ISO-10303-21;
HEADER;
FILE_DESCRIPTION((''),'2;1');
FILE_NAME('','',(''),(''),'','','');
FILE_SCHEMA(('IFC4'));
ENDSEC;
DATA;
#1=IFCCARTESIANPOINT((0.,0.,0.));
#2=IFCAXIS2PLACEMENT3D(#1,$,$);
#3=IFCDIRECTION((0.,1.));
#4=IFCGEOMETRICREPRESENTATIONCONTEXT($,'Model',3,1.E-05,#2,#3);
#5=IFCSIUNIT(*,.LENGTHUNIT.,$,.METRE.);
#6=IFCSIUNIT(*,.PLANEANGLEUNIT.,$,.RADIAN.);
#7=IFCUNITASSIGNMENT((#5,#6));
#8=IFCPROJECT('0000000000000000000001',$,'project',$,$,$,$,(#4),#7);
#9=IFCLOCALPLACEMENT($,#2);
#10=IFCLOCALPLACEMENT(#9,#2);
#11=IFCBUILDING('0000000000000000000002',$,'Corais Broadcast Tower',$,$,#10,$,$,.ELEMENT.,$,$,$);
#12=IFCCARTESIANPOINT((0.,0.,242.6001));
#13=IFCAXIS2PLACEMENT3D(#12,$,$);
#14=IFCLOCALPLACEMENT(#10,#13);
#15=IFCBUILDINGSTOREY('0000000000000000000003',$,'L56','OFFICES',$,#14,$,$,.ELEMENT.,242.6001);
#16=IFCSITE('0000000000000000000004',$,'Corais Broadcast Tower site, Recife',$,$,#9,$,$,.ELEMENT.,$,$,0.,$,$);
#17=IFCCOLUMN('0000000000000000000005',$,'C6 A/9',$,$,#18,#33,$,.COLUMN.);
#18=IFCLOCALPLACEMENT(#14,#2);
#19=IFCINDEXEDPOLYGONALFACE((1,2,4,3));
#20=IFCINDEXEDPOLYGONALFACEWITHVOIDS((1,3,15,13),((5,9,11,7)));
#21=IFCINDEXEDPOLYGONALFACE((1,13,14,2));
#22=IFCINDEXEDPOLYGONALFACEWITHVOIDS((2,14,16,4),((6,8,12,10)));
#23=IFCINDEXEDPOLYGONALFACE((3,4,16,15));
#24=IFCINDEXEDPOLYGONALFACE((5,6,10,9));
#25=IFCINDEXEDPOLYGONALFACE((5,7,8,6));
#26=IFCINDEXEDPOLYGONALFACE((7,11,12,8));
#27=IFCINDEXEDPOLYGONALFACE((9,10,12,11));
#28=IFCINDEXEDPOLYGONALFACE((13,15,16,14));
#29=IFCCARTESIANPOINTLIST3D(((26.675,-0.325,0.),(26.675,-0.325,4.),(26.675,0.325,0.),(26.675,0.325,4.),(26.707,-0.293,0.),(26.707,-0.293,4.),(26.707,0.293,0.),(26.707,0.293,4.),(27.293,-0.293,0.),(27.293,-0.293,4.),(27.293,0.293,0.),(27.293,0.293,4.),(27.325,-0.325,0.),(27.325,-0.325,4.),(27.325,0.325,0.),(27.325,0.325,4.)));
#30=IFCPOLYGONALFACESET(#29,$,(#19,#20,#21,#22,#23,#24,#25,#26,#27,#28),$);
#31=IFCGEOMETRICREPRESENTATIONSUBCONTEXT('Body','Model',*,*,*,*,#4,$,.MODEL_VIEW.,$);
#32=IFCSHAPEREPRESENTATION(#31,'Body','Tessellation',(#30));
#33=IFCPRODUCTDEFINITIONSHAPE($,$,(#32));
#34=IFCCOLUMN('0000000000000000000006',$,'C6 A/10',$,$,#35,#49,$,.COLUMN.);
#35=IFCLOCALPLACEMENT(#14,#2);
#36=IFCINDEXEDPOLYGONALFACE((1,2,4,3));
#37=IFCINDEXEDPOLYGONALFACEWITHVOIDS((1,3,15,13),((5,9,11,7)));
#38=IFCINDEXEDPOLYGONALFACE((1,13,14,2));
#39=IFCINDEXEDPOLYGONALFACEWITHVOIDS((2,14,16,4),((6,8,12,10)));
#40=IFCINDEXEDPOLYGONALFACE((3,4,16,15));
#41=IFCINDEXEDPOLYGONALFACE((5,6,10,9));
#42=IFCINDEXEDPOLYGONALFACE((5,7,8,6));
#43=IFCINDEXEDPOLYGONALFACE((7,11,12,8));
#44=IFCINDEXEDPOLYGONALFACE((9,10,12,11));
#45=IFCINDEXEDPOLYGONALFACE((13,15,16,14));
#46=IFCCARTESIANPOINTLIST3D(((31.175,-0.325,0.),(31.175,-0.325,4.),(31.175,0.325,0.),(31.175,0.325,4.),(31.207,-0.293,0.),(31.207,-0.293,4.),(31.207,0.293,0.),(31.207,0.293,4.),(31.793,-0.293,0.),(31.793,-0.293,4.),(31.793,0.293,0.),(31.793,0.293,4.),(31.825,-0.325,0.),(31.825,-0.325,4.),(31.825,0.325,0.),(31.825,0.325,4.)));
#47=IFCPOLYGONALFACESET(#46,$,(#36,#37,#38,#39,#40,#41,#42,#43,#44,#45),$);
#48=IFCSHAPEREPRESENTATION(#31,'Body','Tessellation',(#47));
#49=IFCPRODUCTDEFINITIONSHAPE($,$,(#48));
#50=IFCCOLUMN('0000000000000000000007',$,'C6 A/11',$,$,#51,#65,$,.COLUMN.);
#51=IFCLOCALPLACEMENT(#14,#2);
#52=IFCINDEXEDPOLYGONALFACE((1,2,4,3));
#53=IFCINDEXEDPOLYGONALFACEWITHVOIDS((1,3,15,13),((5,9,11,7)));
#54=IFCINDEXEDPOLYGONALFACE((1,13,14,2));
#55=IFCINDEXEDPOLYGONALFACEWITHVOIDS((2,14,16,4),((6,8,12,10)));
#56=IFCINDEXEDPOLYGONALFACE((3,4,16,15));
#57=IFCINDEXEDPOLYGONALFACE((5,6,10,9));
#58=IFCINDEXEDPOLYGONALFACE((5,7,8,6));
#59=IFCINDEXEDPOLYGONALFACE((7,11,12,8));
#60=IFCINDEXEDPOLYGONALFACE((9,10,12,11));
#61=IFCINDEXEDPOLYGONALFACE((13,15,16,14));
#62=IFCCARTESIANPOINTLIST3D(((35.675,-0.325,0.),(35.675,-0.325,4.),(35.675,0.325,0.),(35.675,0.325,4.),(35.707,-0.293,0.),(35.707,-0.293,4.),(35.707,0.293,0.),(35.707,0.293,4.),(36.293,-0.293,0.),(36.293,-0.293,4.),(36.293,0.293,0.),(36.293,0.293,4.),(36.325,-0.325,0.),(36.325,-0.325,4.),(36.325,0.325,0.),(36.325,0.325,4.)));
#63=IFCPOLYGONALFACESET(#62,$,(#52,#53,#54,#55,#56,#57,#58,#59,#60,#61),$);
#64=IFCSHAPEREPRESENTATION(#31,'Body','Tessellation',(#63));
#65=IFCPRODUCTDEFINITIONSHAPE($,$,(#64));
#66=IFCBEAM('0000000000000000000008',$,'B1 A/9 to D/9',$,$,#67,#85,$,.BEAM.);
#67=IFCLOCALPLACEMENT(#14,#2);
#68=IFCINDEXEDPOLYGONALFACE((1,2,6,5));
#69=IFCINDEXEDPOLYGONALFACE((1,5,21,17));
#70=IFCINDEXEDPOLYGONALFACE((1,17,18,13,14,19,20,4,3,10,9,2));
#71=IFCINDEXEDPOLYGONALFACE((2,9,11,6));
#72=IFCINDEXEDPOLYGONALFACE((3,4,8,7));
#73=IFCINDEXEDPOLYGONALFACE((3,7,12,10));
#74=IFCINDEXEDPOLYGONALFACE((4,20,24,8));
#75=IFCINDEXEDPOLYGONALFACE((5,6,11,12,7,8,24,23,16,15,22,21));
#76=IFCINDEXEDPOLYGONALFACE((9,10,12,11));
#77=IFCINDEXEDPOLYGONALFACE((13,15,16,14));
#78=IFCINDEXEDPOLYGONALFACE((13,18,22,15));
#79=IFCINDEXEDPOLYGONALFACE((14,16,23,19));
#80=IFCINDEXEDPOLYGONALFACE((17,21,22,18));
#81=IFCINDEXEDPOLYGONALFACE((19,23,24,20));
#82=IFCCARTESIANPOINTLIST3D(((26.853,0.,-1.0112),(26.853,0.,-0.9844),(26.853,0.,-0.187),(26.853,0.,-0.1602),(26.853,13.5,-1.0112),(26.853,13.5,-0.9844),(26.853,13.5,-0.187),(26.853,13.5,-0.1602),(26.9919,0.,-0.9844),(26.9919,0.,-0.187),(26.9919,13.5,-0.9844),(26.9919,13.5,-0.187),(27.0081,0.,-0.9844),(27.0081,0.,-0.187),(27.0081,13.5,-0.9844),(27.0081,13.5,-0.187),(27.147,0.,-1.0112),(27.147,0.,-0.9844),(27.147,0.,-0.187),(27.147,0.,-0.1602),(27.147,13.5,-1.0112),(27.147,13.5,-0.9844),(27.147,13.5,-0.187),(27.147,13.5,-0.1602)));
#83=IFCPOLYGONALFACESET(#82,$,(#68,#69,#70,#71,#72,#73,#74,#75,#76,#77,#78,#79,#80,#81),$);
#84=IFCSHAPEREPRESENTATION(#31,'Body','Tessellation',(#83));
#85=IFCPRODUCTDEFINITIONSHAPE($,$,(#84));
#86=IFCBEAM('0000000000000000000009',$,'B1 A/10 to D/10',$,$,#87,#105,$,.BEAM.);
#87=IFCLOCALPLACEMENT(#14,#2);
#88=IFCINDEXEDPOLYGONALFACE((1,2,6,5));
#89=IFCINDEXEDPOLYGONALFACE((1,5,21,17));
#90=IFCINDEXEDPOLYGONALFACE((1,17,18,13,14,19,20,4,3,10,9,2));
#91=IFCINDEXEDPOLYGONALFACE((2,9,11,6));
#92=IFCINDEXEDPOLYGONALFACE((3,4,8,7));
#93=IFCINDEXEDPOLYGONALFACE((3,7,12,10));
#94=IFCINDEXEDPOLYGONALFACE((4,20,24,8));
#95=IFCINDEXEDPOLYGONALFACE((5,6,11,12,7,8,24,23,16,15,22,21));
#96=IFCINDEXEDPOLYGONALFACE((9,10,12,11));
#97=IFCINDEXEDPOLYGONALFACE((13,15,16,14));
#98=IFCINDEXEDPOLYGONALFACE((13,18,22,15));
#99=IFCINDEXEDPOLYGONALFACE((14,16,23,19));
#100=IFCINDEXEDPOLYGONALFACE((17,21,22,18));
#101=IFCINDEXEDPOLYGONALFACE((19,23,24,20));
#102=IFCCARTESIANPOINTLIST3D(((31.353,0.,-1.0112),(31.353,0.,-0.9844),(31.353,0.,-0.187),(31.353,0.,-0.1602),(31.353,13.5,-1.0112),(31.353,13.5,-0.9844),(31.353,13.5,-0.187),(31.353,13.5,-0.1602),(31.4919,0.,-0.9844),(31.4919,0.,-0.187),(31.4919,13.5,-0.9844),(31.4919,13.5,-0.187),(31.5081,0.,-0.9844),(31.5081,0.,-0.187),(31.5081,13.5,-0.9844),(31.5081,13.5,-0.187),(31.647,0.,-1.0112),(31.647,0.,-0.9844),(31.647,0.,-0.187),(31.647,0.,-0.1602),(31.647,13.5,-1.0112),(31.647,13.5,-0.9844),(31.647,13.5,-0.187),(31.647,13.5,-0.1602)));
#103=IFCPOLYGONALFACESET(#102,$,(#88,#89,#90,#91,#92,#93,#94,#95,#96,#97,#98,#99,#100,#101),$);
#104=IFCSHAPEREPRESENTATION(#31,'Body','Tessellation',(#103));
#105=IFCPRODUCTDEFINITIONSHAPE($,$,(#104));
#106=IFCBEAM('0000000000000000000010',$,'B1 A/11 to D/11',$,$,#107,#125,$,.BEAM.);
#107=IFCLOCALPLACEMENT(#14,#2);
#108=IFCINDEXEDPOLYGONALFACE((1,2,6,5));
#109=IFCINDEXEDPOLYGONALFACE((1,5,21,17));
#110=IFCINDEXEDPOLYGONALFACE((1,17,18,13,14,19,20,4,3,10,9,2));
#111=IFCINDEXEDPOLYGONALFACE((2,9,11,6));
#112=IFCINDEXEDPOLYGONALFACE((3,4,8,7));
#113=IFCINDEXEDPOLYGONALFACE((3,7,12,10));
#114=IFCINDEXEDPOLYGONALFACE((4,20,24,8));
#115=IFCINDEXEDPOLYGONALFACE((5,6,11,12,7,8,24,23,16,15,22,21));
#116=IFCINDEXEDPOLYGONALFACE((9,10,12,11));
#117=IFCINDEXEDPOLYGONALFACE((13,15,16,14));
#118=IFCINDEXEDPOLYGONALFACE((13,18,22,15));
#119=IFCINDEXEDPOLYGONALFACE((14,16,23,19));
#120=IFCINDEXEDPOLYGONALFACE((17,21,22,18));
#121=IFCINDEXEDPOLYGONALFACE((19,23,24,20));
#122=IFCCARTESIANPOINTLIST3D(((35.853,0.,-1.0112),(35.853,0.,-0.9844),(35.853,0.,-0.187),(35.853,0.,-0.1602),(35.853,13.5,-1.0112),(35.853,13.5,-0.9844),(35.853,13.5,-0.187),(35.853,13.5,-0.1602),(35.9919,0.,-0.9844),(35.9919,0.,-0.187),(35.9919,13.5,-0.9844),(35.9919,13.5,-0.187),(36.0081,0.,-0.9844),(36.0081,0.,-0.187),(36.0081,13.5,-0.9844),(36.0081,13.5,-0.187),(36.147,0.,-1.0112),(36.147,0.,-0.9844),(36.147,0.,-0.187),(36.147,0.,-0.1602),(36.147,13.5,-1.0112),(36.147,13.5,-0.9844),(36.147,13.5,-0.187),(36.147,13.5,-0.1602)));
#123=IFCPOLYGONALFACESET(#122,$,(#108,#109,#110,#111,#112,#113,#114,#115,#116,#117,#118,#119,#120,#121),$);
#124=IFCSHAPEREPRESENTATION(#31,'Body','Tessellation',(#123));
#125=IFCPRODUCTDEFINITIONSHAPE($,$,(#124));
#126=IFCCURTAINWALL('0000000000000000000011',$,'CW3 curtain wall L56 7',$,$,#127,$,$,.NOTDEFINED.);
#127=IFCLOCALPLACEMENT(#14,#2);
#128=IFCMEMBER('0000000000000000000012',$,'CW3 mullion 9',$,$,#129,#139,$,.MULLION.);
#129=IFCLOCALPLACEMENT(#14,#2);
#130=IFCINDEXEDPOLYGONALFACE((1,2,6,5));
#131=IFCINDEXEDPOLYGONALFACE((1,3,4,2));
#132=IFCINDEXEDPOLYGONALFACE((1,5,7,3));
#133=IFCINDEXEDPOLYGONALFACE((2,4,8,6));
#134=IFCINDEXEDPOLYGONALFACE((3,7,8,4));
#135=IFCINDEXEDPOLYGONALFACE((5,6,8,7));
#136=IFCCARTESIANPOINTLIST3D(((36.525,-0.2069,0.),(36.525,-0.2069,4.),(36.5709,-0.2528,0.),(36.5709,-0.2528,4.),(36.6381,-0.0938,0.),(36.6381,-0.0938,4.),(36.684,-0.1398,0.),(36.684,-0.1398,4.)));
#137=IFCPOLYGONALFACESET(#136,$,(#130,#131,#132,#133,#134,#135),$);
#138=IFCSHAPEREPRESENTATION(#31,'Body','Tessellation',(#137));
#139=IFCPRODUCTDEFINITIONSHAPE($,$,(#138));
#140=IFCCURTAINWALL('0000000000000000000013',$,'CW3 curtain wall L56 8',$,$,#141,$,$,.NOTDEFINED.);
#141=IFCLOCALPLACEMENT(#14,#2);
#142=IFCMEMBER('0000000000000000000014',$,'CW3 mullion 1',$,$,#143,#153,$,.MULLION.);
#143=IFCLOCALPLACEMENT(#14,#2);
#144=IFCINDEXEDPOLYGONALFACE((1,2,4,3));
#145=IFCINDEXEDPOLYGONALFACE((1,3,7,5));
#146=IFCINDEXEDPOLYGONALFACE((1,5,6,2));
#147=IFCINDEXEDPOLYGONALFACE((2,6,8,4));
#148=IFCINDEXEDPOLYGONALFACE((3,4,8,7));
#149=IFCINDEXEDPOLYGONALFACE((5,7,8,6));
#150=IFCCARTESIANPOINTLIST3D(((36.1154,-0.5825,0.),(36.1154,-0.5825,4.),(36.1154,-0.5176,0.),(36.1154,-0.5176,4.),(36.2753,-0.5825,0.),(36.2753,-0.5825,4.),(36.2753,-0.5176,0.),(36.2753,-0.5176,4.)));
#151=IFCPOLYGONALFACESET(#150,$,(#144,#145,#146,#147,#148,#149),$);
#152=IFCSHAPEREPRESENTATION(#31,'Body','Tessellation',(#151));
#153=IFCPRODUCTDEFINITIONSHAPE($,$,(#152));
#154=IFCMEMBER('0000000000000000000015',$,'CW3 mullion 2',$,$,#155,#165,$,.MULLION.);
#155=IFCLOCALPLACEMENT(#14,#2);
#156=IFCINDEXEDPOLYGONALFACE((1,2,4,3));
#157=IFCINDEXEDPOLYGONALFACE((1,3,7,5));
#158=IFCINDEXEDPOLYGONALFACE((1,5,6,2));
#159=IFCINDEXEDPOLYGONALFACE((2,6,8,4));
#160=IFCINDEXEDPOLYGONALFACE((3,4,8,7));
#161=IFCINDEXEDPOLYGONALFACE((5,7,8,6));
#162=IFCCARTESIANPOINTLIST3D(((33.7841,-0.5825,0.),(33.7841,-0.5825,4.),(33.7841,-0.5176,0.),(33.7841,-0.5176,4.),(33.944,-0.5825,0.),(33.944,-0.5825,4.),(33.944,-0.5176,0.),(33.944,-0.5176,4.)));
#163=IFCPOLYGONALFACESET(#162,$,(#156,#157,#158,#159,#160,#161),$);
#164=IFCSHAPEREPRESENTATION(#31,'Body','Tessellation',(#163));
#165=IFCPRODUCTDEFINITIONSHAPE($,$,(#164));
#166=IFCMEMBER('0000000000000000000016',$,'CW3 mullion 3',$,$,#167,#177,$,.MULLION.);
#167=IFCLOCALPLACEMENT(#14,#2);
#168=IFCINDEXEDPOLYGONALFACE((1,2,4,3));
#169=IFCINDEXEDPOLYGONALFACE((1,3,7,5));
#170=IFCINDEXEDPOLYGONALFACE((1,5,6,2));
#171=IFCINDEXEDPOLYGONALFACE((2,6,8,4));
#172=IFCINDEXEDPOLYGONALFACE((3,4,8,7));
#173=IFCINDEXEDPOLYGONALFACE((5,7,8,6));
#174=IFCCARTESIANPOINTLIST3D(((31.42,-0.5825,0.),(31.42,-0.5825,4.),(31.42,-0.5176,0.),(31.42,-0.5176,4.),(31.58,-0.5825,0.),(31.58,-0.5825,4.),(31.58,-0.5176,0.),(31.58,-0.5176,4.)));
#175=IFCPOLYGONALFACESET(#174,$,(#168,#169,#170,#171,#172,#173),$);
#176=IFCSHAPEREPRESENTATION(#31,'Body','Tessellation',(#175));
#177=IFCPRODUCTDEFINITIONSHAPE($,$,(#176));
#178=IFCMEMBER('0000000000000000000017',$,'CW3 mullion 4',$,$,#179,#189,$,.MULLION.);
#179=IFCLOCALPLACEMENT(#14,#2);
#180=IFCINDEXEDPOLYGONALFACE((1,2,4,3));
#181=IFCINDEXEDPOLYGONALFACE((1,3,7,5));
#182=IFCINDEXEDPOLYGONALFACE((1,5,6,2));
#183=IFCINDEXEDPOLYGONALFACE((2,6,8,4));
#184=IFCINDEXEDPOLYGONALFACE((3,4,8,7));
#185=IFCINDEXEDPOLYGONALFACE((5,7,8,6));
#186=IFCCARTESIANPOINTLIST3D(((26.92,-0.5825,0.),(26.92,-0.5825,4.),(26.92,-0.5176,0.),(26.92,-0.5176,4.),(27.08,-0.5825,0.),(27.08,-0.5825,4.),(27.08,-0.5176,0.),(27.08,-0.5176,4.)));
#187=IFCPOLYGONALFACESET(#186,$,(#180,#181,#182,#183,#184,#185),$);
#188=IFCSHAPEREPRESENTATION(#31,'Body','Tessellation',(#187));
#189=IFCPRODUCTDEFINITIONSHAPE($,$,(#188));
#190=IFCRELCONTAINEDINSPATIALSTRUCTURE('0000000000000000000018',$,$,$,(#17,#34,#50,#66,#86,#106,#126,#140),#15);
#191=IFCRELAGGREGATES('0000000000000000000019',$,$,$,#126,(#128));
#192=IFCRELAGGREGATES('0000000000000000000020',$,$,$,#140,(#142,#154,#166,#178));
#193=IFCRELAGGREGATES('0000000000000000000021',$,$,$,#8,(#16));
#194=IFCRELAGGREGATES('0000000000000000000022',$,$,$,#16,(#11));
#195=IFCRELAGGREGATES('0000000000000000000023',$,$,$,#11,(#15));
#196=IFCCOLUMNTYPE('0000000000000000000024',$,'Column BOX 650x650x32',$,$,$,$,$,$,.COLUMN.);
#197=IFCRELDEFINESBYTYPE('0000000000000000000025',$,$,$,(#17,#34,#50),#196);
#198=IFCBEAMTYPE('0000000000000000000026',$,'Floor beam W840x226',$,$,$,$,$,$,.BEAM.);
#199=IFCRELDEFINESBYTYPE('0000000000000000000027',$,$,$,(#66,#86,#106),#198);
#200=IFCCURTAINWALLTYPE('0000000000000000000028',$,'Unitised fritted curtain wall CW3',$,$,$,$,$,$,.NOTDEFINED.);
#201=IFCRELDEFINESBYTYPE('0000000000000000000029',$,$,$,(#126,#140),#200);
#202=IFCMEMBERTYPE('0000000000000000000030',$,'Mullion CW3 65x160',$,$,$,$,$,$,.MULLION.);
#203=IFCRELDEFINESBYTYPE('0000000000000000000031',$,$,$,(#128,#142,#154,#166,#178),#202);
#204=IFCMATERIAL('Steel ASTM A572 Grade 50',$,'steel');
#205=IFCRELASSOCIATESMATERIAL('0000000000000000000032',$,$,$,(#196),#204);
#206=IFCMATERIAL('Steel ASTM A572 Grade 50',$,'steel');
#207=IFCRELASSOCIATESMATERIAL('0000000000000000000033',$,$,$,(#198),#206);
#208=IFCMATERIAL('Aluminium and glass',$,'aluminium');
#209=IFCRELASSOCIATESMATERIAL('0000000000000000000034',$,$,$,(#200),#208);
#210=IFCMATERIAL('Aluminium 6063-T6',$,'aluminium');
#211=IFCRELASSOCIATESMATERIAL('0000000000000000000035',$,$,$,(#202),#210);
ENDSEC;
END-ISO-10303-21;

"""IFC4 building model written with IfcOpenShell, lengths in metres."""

from ifc_helpers import new_model, si_unit, direction, frame, origin, origin_2d, place, context, subcontext, project, spatial, rectangle, hollow_rectangle, i_section, extrude, material, material_profile, profile_set, type_object, element, aggregate, save


model = new_model("IFC4")

# Units and contexts
model_context = context("Model", 3, precision=1e-05, world=origin(), true_north=direction((0.0, 1.0)))
body_context = subcontext(model_context, "Body", "Model", "MODEL_VIEW")
ifc_project = project(units=[si_unit("LENGTHUNIT", "METRE"), si_unit("PLANEANGLEUNIT", "RADIAN")], contexts=[model_context])

# Site, building, storey
site_placement = place(None, origin())
site = spatial("IfcSite", under=ifc_project, at=site_placement, Name="Corais Broadcast Tower site, Recife", CompositionType="ELEMENT", RefElevation=0.0)
building_placement = place(site_placement, origin())
building = spatial("IfcBuilding", under=site, at=building_placement, Name="Corais Broadcast Tower", CompositionType="ELEMENT")
storey_placement = place(building_placement, frame((0.0, 0.0, 242.6001)))
storey = spatial("IfcBuildingStorey", under=building, at=storey_placement, Name="L56", Description="OFFICES", CompositionType="ELEMENT", Elevation=242.6001)

# Columns
ifc_material_1 = material(Name="Steel ASTM A572 Grade 50", Category="steel")
ifc_material_profile_1 = material_profile(ifc_material_1, hollow_rectangle(XDim=0.6499, YDim=0.6499, WallThickness=0.032, at=origin_2d()), Name="BOX 650x650x32")
ifc_profile_set_1 = profile_set([ifc_material_profile_1], Name="Steel ASTM A572 Grade 50")
column_type = type_object("IfcColumnType", Name="Column BOX 650x650x32", PredefinedType="COLUMN", material=ifc_profile_set_1)
for number, where, z_axis, x_axis, name in (
    (1, (27.0, 0.0, 0.0), (0.0, 0.0, 1.0), (1.0, 0.0, 0.0), "C6 A/9"),
    (2, (31.5, 0.0, 0.0), (0.0, 0.0, 1.0), (1.0, 0.0, 0.0), "C6 A/10"),
    (3, (36.0, 0.0, 0.0), (0.0, 0.0, 1.0), (1.0, 0.0, 0.0), "C6 A/11"),
):
    element("IfcColumn", number, at=place(storey_placement, frame(where, z_axis=z_axis, x_axis=x_axis)), inside=storey, type_object=column_type, Name=name, PredefinedType="COLUMN", context=body_context, shape_type="SweptSolid", body=[
        extrude(hollow_rectangle(XDim=0.6499, YDim=0.6499, WallThickness=0.032, at=origin_2d()), origin(), (0.0, 0.0, 1.0), 4.0),
    ])

# Beams
ifc_material_2 = material(Name="Steel ASTM A572 Grade 50", Category="steel")
ifc_material_profile_2 = material_profile(ifc_material_2, i_section(OverallWidth=0.2939, OverallDepth=0.8511, WebThickness=0.0161, FlangeThickness=0.0269, at=origin_2d()), Name="W840x226")
ifc_profile_set_2 = profile_set([ifc_material_profile_2], Name="Steel ASTM A572 Grade 50")
beam_type_1 = type_object("IfcBeamType", Name="Floor beam W840x226", PredefinedType="BEAM", material=ifc_profile_set_2)
for number, where, z_axis, x_axis, name in (
    (4, (27.0, 0.0, -0.5857), (0.0, 1.0, 0.0), (-1.0, 0.0, 0.0), "B1 A/9 to D/9"),
    (5, (31.5, 0.0, -0.5857), (0.0, 1.0, 0.0), (-1.0, 0.0, 0.0), "B1 A/10 to D/10"),
    (6, (36.0, 0.0, -0.5857), (0.0, 1.0, 0.0), (-1.0, 0.0, 0.0), "B1 A/11 to D/11"),
):
    element("IfcBeam", number, at=place(storey_placement, frame(where, z_axis=z_axis, x_axis=x_axis)), inside=storey, type_object=beam_type_1, Name=name, PredefinedType="BEAM", context=body_context, shape_type="SweptSolid", body=[
        extrude(i_section(OverallWidth=0.2939, OverallDepth=0.8511, WebThickness=0.0161, FlangeThickness=0.0269, at=origin_2d()), origin(), (0.0, 0.0, 1.0), 13.5),
    ])

# Curtain wall, member
ifc_material_3 = material(Name="Aluminium and glass", Category="aluminium")
curtain_wall_type = type_object("IfcCurtainWallType", Name="Unitised fritted curtain wall CW3", PredefinedType="NOTDEFINED", material=ifc_material_3)
curtain_wall_1_placement = place(storey_placement, origin())
curtain_wall_1 = element("IfcCurtainWall", 7, at=curtain_wall_1_placement, inside=storey, type_object=curtain_wall_type, Name="CW3 curtain wall L56 7", PredefinedType="NOTDEFINED")
ifc_material_4 = material(Name="Aluminium 6063-T6", Category="aluminium")
ifc_material_profile_3 = material_profile(ifc_material_4, rectangle(XDim=0.0649, YDim=0.1599, at=origin_2d()), Name="Mullion CW3 65x160")
ifc_profile_set_3 = profile_set([ifc_material_profile_3], Name="Aluminium 6063-T6")
member_type_1 = type_object("IfcMemberType", Name="Mullion CW3 65x160", PredefinedType="MULLION", material=ifc_profile_set_3)
member_1_placement = place(storey_placement, frame((36.6045, -0.1733, 0.0), z_axis=(0.0, 0.0, 1.0), x_axis=(0.707107, -0.707107, 0.0)))
member_1 = element("IfcMember", 8, at=member_1_placement, type_object=member_type_1, Name="CW3 mullion 9", PredefinedType="MULLION", context=body_context, shape_type="SweptSolid", body=[
    extrude(rectangle(XDim=0.0649, YDim=0.1599, at=origin_2d()), origin(), (0.0, 0.0, 1.0), 4.0),
])

# Curtain wall, members
curtain_wall_2_placement = place(storey_placement, origin())
curtain_wall_2 = element("IfcCurtainWall", 9, at=curtain_wall_2_placement, inside=storey, type_object=curtain_wall_type, Name="CW3 curtain wall L56 8", PredefinedType="NOTDEFINED")
member_2_placement = place(storey_placement, frame((36.1953, -0.55, 0.0), z_axis=(0.0, 0.0, 1.0), x_axis=(0.0, -1.0, 0.0)))
member_2 = element("IfcMember", 10, at=member_2_placement, type_object=member_type_1, Name="CW3 mullion 1", PredefinedType="MULLION", context=body_context, shape_type="SweptSolid", body=[
    extrude(rectangle(XDim=0.0649, YDim=0.1599, at=origin_2d()), origin(), (0.0, 0.0, 1.0), 4.0),
])
member_3_placement = place(storey_placement, frame((33.864, -0.55, 0.0), z_axis=(0.0, 0.0, 1.0), x_axis=(0.0, -1.0, 0.0)))
member_3 = element("IfcMember", 11, at=member_3_placement, type_object=member_type_1, Name="CW3 mullion 2", PredefinedType="MULLION", context=body_context, shape_type="SweptSolid", body=[
    extrude(rectangle(XDim=0.0649, YDim=0.1599, at=origin_2d()), origin(), (0.0, 0.0, 1.0), 4.0),
])
member_4_placement = place(storey_placement, frame((31.5, -0.55, 0.0), z_axis=(0.0, 0.0, 1.0), x_axis=(0.0, -1.0, 0.0)))
member_4 = element("IfcMember", 12, at=member_4_placement, type_object=member_type_1, Name="CW3 mullion 3", PredefinedType="MULLION", context=body_context, shape_type="SweptSolid", body=[
    extrude(rectangle(XDim=0.0649, YDim=0.1599, at=origin_2d()), origin(), (0.0, 0.0, 1.0), 4.0),
])
member_5_placement = place(storey_placement, frame((27.0, -0.55, 0.0), z_axis=(0.0, 0.0, 1.0), x_axis=(0.0, -1.0, 0.0)))
member_5 = element("IfcMember", 13, at=member_5_placement, type_object=member_type_1, Name="CW3 mullion 4", PredefinedType="MULLION", context=body_context, shape_type="SweptSolid", body=[
    extrude(rectangle(XDim=0.0649, YDim=0.1599, at=origin_2d()), origin(), (0.0, 0.0, 1.0), 4.0),
])

aggregate(curtain_wall_1, [member_1])
aggregate(curtain_wall_2, [member_2, member_3, member_4, member_5])

save(model, "model.ifc")
